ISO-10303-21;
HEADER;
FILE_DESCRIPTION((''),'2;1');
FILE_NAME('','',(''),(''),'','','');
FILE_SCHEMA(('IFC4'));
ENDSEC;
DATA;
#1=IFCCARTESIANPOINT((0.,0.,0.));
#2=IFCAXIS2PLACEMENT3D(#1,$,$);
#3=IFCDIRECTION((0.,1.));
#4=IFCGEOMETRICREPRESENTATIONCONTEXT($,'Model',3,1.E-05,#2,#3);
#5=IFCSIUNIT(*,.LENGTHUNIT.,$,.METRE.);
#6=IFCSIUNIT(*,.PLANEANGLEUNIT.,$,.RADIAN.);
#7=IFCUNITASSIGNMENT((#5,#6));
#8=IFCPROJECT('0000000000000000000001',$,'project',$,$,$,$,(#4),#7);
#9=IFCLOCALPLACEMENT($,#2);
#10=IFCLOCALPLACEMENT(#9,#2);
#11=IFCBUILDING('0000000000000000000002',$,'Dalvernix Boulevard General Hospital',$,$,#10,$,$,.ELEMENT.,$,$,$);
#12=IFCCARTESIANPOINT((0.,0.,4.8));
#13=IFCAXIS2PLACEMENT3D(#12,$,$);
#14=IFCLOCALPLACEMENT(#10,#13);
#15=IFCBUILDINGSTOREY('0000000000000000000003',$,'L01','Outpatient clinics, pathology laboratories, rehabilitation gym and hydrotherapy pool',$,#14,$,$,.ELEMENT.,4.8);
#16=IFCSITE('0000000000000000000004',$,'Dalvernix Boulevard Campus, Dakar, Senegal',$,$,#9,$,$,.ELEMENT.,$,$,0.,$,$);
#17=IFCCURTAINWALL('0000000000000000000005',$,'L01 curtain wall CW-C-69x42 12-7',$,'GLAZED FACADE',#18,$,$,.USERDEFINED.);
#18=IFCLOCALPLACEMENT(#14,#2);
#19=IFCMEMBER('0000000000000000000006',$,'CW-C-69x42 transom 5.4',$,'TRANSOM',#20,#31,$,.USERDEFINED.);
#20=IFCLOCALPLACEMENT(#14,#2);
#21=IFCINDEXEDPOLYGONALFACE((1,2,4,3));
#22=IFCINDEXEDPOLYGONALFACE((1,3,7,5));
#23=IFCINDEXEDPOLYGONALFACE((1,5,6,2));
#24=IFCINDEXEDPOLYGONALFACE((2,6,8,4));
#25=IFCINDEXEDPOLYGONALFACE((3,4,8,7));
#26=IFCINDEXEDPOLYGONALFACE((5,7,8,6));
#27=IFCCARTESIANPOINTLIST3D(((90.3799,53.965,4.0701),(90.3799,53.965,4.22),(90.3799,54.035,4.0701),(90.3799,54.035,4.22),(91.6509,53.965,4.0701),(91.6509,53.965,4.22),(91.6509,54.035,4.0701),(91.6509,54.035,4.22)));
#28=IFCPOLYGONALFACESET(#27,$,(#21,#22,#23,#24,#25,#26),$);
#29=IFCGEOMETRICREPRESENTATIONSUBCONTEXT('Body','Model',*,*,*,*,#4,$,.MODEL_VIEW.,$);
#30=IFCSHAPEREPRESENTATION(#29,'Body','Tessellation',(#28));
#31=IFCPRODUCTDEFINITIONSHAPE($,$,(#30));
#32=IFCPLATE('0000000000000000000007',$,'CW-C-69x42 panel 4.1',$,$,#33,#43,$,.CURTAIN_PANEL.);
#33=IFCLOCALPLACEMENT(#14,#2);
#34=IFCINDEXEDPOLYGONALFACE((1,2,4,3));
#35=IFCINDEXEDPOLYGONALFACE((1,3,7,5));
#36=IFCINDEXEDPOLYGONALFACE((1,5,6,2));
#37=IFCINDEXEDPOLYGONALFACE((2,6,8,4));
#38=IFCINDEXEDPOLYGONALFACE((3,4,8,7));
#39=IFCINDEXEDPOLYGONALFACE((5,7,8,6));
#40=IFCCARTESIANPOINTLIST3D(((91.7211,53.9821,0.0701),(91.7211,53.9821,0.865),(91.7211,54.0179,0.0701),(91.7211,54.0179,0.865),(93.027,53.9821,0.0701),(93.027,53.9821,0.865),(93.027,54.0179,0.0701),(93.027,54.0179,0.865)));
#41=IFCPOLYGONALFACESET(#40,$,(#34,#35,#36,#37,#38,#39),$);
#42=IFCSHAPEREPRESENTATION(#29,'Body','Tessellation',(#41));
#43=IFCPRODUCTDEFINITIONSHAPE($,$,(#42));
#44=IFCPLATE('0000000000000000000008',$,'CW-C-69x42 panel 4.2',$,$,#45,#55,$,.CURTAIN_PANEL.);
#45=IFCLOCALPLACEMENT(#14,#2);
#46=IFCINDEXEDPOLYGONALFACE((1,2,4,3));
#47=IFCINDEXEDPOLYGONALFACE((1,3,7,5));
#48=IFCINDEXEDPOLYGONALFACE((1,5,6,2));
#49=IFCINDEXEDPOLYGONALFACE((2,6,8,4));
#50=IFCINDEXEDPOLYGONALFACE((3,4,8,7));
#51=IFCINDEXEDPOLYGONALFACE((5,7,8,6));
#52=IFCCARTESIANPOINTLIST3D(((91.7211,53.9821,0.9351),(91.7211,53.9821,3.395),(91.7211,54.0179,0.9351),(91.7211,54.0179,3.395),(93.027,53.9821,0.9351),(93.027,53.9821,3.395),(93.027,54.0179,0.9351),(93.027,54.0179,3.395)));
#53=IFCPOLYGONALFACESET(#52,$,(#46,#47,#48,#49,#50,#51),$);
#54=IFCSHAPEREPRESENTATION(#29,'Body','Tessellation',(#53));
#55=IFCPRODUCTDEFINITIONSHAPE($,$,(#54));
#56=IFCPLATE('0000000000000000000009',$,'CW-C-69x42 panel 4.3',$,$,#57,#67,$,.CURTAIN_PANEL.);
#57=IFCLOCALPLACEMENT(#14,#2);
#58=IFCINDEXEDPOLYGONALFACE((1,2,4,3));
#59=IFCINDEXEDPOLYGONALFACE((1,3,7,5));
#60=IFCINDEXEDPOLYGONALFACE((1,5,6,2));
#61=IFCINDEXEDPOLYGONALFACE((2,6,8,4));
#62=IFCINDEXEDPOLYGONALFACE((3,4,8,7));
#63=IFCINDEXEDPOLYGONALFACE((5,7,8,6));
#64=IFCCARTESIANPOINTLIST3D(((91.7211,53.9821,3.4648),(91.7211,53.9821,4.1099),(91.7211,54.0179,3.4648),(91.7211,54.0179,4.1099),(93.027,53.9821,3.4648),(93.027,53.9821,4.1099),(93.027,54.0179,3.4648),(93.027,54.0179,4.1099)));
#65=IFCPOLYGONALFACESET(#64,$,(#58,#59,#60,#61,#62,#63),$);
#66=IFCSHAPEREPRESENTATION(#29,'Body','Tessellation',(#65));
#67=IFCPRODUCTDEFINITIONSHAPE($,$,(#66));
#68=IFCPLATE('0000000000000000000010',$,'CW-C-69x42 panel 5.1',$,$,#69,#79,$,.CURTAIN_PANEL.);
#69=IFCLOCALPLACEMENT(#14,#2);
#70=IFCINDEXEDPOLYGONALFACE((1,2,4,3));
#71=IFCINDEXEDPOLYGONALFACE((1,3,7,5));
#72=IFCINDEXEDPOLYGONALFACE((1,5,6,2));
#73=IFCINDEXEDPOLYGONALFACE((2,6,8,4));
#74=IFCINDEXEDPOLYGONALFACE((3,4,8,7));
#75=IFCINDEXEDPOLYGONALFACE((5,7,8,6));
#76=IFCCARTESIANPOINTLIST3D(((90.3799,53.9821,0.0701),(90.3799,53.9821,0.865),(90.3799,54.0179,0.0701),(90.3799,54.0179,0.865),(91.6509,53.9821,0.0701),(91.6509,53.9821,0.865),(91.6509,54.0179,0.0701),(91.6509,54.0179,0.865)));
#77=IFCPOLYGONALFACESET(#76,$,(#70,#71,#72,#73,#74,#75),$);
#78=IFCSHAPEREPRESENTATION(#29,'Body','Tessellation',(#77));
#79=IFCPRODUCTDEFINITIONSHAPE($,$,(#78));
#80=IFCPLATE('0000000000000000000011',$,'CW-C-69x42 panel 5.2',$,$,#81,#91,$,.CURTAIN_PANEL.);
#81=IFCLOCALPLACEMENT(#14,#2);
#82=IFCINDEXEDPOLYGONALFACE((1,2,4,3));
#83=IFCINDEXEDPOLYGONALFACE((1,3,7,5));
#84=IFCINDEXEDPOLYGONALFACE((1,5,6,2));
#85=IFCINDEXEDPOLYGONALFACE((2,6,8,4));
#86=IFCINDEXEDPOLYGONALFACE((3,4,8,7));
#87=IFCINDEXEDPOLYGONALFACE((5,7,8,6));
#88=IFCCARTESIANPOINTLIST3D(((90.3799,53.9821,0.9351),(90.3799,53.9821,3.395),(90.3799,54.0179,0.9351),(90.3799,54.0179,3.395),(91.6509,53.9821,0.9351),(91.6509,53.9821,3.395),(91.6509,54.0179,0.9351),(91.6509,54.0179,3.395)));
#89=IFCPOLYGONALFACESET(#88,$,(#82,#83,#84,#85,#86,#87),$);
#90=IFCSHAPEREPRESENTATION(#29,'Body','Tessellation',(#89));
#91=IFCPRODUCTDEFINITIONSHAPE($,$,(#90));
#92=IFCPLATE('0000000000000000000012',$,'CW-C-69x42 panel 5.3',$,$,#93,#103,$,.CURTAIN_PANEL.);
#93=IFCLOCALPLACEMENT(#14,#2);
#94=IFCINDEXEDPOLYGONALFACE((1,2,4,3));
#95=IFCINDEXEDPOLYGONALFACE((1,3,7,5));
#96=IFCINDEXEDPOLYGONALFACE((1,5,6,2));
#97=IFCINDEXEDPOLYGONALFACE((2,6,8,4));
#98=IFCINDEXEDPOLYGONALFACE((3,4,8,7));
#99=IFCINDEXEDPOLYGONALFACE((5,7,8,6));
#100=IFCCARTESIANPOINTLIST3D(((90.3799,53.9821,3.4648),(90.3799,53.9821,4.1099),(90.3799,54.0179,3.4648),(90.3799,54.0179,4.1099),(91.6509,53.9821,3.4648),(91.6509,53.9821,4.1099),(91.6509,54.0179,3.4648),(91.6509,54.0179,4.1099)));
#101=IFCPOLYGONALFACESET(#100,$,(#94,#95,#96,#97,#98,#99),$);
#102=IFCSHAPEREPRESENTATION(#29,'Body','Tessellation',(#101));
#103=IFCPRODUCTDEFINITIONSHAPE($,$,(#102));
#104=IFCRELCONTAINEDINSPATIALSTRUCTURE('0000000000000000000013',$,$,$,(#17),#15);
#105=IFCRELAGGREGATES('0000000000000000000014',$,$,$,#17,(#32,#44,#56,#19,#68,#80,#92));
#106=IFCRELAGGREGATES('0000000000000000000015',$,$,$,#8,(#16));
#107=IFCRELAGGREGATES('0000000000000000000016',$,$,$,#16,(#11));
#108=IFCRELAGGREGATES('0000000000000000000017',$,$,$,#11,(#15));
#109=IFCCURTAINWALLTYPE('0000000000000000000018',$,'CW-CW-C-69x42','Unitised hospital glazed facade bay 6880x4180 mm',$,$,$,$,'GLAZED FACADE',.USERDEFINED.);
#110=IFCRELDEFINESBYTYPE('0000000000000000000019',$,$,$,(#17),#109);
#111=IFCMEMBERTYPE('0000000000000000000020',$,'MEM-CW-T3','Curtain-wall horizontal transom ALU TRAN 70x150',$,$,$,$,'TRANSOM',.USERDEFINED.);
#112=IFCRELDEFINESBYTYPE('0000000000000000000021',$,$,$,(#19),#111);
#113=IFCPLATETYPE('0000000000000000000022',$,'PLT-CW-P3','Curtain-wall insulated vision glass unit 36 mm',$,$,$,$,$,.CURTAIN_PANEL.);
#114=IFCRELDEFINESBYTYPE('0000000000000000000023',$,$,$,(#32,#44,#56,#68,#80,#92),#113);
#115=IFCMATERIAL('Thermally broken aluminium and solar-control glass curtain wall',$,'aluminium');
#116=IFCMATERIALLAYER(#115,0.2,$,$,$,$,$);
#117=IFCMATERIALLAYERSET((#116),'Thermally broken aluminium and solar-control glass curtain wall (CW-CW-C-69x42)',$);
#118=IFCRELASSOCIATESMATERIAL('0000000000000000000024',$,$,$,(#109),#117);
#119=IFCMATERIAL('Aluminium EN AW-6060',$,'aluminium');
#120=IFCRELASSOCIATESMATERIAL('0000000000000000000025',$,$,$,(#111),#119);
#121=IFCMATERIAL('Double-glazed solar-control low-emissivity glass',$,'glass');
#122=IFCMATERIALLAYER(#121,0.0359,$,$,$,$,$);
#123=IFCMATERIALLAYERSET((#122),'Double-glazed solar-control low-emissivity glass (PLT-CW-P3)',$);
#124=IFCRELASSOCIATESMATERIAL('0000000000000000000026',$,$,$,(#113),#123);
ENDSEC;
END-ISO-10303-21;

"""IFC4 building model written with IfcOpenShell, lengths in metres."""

from ifc_helpers import new_model, si_unit, direction, frame, origin, origin_2d, place, context, subcontext, project, spatial, rectangle, extrude, material, layer, layer_set, material_profile, profile_set, type_object, element, aggregate, save


model = new_model("IFC4")

# Units and contexts
model_context = context("Model", 3, precision=1e-05, world=origin(), true_north=direction((0.0, 1.0)))
body_context = subcontext(model_context, "Body", "Model", "MODEL_VIEW")
ifc_project = project(units=[si_unit("LENGTHUNIT", "METRE"), si_unit("PLANEANGLEUNIT", "RADIAN")], contexts=[model_context])

# Site, building, storey
site_placement = place(None, origin())
site = spatial("IfcSite", under=ifc_project, at=site_placement, Name="Dalvernix Boulevard Campus, Dakar, Senegal", CompositionType="ELEMENT", RefElevation=0.0)
building_placement = place(site_placement, origin())
building = spatial("IfcBuilding", under=site, at=building_placement, Name="Dalvernix Boulevard General Hospital", CompositionType="ELEMENT")
storey_placement = place(building_placement, frame((0.0, 0.0, 4.8)))
storey = spatial("IfcBuildingStorey", under=building, at=storey_placement, Name="L01", Description="Outpatient clinics, pathology laboratories, rehabilitation gym and hydrotherapy pool", CompositionType="ELEMENT", Elevation=4.8)

# Shared definitions
ifc_material_1 = material(Name="Thermally broken aluminium and solar-control glass curtain wall", Category="aluminium")
ifc_material_2 = material(Name="Aluminium EN AW-6060", Category="aluminium")

# Curtain wall
ifc_layer_1 = layer(ifc_material_1, 0.2)
ifc_layer_set_1 = layer_set([ifc_layer_1], Name="Thermally broken aluminium and solar-control glass curtain wall (CW-CW-C-69x42)")
curtain_wall_type_1 = type_object("IfcCurtainWallType", Name="CW-CW-C-69x42", Description="Unitised hospital glazed facade bay 6880x4180 mm", ElementType="GLAZED FACADE", PredefinedType="USERDEFINED", material=ifc_layer_set_1)
curtain_wall_1_placement = place(storey_placement, origin())
curtain_wall_1 = element("IfcCurtainWall", 1, at=curtain_wall_1_placement, inside=storey, type_object=curtain_wall_type_1, Name="L01 curtain wall CW-C-69x42 12-7", ObjectType="GLAZED FACADE", PredefinedType="USERDEFINED")

# Member
ifc_material_profile_1 = material_profile(ifc_material_2, rectangle(XDim=0.0701, YDim=0.1499, at=origin_2d()), Name="ALU TRAN 70x150")
ifc_profile_set_1 = profile_set([ifc_material_profile_1], Name="Aluminium EN AW-6060")
member_type_1 = type_object("IfcMemberType", Name="MEM-CW-T3", Description="Curtain-wall horizontal transom ALU TRAN 70x150", ElementType="TRANSOM", PredefinedType="USERDEFINED", material=ifc_profile_set_1)
member_1_placement = place(storey_placement, frame((91.6509, 54.0, 4.145), z_axis=(-1.0, 0.0, 0.0), x_axis=(0.0, -1.0, 0.0)))
member_1 = element("IfcMember", 2, at=member_1_placement, type_object=member_type_1, Name="CW-C-69x42 transom 5.4", ObjectType="TRANSOM", PredefinedType="USERDEFINED", context=body_context, shape_type="SweptSolid", body=[
    extrude(rectangle(XDim=0.0701, YDim=0.1499, at=origin_2d()), origin(), (0.0, 0.0, 1.0), 1.271),
])

# Plates
ifc_material_3 = material(Name="Double-glazed solar-control low-emissivity glass", Category="glass")
ifc_layer_2 = layer(ifc_material_3, 0.0359)
ifc_layer_set_2 = layer_set([ifc_layer_2], Name="Double-glazed solar-control low-emissivity glass (PLT-CW-P3)")
plate_type = type_object("IfcPlateType", Name="PLT-CW-P3", Description="Curtain-wall insulated vision glass unit 36 mm", PredefinedType="CURTAIN_PANEL", material=ifc_layer_set_2)
plate_1_placement = place(storey_placement, frame((92.374, 54.0, 0.0701), z_axis=(0.0, 0.0, 1.0), x_axis=(-1.0, 0.0, 0.0)))
plate_1 = element("IfcPlate", 3, at=plate_1_placement, type_object=plate_type, Name="CW-C-69x42 panel 4.1", PredefinedType="CURTAIN_PANEL", context=body_context, shape_type="SweptSolid", body=[
    extrude(rectangle(XDim=1.3059, YDim=0.0359, at=origin_2d()), origin(), (0.0, 0.0, 1.0), 0.7949),
])
plate_2_placement = place(storey_placement, frame((92.374, 54.0, 0.9351), z_axis=(0.0, 0.0, 1.0), x_axis=(-1.0, 0.0, 0.0)))
plate_2 = element("IfcPlate", 4, at=plate_2_placement, type_object=plate_type, Name="CW-C-69x42 panel 4.2", PredefinedType="CURTAIN_PANEL", context=body_context, shape_type="SweptSolid", body=[
    extrude(rectangle(XDim=1.3059, YDim=0.0359, at=origin_2d()), origin(), (0.0, 0.0, 1.0), 2.46),
])
plate_3_placement = place(storey_placement, frame((92.374, 54.0, 3.4648), z_axis=(0.0, 0.0, 1.0), x_axis=(-1.0, 0.0, 0.0)))
plate_3 = element("IfcPlate", 5, at=plate_3_placement, type_object=plate_type, Name="CW-C-69x42 panel 4.3", PredefinedType="CURTAIN_PANEL", context=body_context, shape_type="SweptSolid", body=[
    extrude(rectangle(XDim=1.3059, YDim=0.0359, at=origin_2d()), origin(), (0.0, 0.0, 1.0), 0.645),
])
plate_4_placement = place(storey_placement, frame((91.0154, 54.0, 0.0701), z_axis=(0.0, 0.0, 1.0), x_axis=(-1.0, 0.0, 0.0)))
plate_4 = element("IfcPlate", 6, at=plate_4_placement, type_object=plate_type, Name="CW-C-69x42 panel 5.1", PredefinedType="CURTAIN_PANEL", context=body_context, shape_type="SweptSolid", body=[
    extrude(rectangle(XDim=1.271, YDim=0.0359, at=origin_2d()), origin(), (0.0, 0.0, 1.0), 0.7949),
])
plate_5_placement = place(storey_placement, frame((91.0154, 54.0, 0.9351), z_axis=(0.0, 0.0, 1.0), x_axis=(-1.0, 0.0, 0.0)))
plate_5 = element("IfcPlate", 7, at=plate_5_placement, type_object=plate_type, Name="CW-C-69x42 panel 5.2", PredefinedType="CURTAIN_PANEL", context=body_context, shape_type="SweptSolid", body=[
    extrude(rectangle(XDim=1.271, YDim=0.0359, at=origin_2d()), origin(), (0.0, 0.0, 1.0), 2.46),
])
plate_6_placement = place(storey_placement, frame((91.0154, 54.0, 3.4648), z_axis=(0.0, 0.0, 1.0), x_axis=(-1.0, 0.0, 0.0)))
plate_6 = element("IfcPlate", 8, at=plate_6_placement, type_object=plate_type, Name="CW-C-69x42 panel 5.3", PredefinedType="CURTAIN_PANEL", context=body_context, shape_type="SweptSolid", body=[
    extrude(rectangle(XDim=1.271, YDim=0.0359, at=origin_2d()), origin(), (0.0, 0.0, 1.0), 0.645),
])
aggregate(curtain_wall_1, [plate_1, plate_2, plate_3, member_1, plate_4, plate_5, plate_6])

save(model, "model.ifc")
